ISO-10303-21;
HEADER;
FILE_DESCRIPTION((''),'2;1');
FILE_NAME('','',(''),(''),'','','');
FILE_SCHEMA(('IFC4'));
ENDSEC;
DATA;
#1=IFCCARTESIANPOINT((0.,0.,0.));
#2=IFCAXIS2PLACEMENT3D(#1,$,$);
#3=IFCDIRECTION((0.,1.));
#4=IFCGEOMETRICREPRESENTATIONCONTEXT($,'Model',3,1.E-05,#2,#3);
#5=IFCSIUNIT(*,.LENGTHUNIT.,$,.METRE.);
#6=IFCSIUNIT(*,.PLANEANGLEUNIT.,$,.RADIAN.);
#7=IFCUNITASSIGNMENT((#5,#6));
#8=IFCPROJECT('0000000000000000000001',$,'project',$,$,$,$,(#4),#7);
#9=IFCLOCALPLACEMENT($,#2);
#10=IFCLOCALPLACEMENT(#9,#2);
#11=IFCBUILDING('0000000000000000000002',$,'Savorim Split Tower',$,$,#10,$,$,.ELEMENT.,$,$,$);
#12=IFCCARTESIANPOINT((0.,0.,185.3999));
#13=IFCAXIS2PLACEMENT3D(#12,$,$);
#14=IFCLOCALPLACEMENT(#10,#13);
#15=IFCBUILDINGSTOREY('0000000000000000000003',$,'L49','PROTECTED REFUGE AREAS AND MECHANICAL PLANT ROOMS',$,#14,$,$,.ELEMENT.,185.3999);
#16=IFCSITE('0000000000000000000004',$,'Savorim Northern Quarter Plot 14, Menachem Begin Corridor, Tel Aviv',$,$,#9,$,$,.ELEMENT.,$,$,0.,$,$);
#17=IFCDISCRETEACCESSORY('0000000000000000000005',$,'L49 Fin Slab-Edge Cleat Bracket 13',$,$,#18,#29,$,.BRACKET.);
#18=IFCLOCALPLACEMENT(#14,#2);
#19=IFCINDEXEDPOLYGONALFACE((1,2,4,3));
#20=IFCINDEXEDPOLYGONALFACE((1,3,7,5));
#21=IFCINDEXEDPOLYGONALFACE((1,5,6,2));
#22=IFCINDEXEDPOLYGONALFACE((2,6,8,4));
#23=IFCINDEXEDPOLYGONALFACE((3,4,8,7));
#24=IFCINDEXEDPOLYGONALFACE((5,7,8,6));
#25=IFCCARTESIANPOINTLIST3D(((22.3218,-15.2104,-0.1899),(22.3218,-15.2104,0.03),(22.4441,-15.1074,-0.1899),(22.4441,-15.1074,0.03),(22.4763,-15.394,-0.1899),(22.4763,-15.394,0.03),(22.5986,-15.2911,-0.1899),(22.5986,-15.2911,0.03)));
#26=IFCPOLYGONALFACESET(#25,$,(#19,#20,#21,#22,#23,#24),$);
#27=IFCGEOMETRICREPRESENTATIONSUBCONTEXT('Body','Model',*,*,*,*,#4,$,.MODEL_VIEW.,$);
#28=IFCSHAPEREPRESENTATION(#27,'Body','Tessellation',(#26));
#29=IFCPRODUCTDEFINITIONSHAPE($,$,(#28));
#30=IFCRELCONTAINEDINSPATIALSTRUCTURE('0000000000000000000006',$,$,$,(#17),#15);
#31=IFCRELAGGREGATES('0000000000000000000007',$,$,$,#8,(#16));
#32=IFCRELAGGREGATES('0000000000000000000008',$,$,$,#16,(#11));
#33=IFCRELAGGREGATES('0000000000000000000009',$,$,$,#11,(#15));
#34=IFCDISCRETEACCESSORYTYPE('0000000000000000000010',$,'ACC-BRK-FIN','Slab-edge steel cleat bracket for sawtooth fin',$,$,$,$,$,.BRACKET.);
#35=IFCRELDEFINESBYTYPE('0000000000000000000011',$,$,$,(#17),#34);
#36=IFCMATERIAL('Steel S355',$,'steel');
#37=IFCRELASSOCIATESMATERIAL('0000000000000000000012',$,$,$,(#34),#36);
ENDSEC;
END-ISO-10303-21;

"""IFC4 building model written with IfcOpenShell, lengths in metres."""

from ifc_helpers import new_model, si_unit, direction, frame, origin, origin_2d, place, context, subcontext, project, spatial, rectangle, extrude, material, type_object, element, save


model = new_model("IFC4")

# Units and contexts
model_context = context("Model", 3, precision=1e-05, world=origin(), true_north=direction((0.0, 1.0)))
body_context = subcontext(model_context, "Body", "Model", "MODEL_VIEW")
ifc_project = project(units=[si_unit("LENGTHUNIT", "METRE"), si_unit("PLANEANGLEUNIT", "RADIAN")], contexts=[model_context])

# Site, building, storey
site_placement = place(None, origin())
site = spatial("IfcSite", under=ifc_project, at=site_placement, Name="Savorim Northern Quarter Plot 14, Menachem Begin Corridor, Tel Aviv", CompositionType="ELEMENT", RefElevation=0.0)
building_placement = place(site_placement, origin())
building = spatial("IfcBuilding", under=site, at=building_placement, Name="Savorim Split Tower", CompositionType="ELEMENT")
storey_placement = place(building_placement, frame((0.0, 0.0, 185.3999)))
storey = spatial("IfcBuildingStorey", under=building, at=storey_placement, Name="L49", Description="PROTECTED REFUGE AREAS AND MECHANICAL PLANT ROOMS", CompositionType="ELEMENT", Elevation=185.3999)

# Shared definitions
ifc_material_1 = material(Name="Steel S355", Category="steel")

# Discrete accessory
discrete_accessory_type = type_object("IfcDiscreteAccessoryType", Name="ACC-BRK-FIN", Description="Slab-edge steel cleat bracket for sawtooth fin", PredefinedType="BRACKET", material=ifc_material_1)
discrete_accessory_placement = place(storey_placement, frame((22.4602, -15.2507, -0.1899), z_axis=(0.0, 0.0, 1.0), x_axis=(0.643719, -0.765262, 0.0)))
element("IfcDiscreteAccessory", 1, at=discrete_accessory_placement, inside=storey, type_object=discrete_accessory_type, Name="L49 Fin Slab-Edge Cleat Bracket 13", PredefinedType="BRACKET", context=body_context, shape_type="SweptSolid", body=[
    extrude(rectangle(XDim=0.24, YDim=0.1599, at=origin_2d()), origin(), (0.0, 0.0, 1.0), 0.22),
])

save(model, "model.ifc")
